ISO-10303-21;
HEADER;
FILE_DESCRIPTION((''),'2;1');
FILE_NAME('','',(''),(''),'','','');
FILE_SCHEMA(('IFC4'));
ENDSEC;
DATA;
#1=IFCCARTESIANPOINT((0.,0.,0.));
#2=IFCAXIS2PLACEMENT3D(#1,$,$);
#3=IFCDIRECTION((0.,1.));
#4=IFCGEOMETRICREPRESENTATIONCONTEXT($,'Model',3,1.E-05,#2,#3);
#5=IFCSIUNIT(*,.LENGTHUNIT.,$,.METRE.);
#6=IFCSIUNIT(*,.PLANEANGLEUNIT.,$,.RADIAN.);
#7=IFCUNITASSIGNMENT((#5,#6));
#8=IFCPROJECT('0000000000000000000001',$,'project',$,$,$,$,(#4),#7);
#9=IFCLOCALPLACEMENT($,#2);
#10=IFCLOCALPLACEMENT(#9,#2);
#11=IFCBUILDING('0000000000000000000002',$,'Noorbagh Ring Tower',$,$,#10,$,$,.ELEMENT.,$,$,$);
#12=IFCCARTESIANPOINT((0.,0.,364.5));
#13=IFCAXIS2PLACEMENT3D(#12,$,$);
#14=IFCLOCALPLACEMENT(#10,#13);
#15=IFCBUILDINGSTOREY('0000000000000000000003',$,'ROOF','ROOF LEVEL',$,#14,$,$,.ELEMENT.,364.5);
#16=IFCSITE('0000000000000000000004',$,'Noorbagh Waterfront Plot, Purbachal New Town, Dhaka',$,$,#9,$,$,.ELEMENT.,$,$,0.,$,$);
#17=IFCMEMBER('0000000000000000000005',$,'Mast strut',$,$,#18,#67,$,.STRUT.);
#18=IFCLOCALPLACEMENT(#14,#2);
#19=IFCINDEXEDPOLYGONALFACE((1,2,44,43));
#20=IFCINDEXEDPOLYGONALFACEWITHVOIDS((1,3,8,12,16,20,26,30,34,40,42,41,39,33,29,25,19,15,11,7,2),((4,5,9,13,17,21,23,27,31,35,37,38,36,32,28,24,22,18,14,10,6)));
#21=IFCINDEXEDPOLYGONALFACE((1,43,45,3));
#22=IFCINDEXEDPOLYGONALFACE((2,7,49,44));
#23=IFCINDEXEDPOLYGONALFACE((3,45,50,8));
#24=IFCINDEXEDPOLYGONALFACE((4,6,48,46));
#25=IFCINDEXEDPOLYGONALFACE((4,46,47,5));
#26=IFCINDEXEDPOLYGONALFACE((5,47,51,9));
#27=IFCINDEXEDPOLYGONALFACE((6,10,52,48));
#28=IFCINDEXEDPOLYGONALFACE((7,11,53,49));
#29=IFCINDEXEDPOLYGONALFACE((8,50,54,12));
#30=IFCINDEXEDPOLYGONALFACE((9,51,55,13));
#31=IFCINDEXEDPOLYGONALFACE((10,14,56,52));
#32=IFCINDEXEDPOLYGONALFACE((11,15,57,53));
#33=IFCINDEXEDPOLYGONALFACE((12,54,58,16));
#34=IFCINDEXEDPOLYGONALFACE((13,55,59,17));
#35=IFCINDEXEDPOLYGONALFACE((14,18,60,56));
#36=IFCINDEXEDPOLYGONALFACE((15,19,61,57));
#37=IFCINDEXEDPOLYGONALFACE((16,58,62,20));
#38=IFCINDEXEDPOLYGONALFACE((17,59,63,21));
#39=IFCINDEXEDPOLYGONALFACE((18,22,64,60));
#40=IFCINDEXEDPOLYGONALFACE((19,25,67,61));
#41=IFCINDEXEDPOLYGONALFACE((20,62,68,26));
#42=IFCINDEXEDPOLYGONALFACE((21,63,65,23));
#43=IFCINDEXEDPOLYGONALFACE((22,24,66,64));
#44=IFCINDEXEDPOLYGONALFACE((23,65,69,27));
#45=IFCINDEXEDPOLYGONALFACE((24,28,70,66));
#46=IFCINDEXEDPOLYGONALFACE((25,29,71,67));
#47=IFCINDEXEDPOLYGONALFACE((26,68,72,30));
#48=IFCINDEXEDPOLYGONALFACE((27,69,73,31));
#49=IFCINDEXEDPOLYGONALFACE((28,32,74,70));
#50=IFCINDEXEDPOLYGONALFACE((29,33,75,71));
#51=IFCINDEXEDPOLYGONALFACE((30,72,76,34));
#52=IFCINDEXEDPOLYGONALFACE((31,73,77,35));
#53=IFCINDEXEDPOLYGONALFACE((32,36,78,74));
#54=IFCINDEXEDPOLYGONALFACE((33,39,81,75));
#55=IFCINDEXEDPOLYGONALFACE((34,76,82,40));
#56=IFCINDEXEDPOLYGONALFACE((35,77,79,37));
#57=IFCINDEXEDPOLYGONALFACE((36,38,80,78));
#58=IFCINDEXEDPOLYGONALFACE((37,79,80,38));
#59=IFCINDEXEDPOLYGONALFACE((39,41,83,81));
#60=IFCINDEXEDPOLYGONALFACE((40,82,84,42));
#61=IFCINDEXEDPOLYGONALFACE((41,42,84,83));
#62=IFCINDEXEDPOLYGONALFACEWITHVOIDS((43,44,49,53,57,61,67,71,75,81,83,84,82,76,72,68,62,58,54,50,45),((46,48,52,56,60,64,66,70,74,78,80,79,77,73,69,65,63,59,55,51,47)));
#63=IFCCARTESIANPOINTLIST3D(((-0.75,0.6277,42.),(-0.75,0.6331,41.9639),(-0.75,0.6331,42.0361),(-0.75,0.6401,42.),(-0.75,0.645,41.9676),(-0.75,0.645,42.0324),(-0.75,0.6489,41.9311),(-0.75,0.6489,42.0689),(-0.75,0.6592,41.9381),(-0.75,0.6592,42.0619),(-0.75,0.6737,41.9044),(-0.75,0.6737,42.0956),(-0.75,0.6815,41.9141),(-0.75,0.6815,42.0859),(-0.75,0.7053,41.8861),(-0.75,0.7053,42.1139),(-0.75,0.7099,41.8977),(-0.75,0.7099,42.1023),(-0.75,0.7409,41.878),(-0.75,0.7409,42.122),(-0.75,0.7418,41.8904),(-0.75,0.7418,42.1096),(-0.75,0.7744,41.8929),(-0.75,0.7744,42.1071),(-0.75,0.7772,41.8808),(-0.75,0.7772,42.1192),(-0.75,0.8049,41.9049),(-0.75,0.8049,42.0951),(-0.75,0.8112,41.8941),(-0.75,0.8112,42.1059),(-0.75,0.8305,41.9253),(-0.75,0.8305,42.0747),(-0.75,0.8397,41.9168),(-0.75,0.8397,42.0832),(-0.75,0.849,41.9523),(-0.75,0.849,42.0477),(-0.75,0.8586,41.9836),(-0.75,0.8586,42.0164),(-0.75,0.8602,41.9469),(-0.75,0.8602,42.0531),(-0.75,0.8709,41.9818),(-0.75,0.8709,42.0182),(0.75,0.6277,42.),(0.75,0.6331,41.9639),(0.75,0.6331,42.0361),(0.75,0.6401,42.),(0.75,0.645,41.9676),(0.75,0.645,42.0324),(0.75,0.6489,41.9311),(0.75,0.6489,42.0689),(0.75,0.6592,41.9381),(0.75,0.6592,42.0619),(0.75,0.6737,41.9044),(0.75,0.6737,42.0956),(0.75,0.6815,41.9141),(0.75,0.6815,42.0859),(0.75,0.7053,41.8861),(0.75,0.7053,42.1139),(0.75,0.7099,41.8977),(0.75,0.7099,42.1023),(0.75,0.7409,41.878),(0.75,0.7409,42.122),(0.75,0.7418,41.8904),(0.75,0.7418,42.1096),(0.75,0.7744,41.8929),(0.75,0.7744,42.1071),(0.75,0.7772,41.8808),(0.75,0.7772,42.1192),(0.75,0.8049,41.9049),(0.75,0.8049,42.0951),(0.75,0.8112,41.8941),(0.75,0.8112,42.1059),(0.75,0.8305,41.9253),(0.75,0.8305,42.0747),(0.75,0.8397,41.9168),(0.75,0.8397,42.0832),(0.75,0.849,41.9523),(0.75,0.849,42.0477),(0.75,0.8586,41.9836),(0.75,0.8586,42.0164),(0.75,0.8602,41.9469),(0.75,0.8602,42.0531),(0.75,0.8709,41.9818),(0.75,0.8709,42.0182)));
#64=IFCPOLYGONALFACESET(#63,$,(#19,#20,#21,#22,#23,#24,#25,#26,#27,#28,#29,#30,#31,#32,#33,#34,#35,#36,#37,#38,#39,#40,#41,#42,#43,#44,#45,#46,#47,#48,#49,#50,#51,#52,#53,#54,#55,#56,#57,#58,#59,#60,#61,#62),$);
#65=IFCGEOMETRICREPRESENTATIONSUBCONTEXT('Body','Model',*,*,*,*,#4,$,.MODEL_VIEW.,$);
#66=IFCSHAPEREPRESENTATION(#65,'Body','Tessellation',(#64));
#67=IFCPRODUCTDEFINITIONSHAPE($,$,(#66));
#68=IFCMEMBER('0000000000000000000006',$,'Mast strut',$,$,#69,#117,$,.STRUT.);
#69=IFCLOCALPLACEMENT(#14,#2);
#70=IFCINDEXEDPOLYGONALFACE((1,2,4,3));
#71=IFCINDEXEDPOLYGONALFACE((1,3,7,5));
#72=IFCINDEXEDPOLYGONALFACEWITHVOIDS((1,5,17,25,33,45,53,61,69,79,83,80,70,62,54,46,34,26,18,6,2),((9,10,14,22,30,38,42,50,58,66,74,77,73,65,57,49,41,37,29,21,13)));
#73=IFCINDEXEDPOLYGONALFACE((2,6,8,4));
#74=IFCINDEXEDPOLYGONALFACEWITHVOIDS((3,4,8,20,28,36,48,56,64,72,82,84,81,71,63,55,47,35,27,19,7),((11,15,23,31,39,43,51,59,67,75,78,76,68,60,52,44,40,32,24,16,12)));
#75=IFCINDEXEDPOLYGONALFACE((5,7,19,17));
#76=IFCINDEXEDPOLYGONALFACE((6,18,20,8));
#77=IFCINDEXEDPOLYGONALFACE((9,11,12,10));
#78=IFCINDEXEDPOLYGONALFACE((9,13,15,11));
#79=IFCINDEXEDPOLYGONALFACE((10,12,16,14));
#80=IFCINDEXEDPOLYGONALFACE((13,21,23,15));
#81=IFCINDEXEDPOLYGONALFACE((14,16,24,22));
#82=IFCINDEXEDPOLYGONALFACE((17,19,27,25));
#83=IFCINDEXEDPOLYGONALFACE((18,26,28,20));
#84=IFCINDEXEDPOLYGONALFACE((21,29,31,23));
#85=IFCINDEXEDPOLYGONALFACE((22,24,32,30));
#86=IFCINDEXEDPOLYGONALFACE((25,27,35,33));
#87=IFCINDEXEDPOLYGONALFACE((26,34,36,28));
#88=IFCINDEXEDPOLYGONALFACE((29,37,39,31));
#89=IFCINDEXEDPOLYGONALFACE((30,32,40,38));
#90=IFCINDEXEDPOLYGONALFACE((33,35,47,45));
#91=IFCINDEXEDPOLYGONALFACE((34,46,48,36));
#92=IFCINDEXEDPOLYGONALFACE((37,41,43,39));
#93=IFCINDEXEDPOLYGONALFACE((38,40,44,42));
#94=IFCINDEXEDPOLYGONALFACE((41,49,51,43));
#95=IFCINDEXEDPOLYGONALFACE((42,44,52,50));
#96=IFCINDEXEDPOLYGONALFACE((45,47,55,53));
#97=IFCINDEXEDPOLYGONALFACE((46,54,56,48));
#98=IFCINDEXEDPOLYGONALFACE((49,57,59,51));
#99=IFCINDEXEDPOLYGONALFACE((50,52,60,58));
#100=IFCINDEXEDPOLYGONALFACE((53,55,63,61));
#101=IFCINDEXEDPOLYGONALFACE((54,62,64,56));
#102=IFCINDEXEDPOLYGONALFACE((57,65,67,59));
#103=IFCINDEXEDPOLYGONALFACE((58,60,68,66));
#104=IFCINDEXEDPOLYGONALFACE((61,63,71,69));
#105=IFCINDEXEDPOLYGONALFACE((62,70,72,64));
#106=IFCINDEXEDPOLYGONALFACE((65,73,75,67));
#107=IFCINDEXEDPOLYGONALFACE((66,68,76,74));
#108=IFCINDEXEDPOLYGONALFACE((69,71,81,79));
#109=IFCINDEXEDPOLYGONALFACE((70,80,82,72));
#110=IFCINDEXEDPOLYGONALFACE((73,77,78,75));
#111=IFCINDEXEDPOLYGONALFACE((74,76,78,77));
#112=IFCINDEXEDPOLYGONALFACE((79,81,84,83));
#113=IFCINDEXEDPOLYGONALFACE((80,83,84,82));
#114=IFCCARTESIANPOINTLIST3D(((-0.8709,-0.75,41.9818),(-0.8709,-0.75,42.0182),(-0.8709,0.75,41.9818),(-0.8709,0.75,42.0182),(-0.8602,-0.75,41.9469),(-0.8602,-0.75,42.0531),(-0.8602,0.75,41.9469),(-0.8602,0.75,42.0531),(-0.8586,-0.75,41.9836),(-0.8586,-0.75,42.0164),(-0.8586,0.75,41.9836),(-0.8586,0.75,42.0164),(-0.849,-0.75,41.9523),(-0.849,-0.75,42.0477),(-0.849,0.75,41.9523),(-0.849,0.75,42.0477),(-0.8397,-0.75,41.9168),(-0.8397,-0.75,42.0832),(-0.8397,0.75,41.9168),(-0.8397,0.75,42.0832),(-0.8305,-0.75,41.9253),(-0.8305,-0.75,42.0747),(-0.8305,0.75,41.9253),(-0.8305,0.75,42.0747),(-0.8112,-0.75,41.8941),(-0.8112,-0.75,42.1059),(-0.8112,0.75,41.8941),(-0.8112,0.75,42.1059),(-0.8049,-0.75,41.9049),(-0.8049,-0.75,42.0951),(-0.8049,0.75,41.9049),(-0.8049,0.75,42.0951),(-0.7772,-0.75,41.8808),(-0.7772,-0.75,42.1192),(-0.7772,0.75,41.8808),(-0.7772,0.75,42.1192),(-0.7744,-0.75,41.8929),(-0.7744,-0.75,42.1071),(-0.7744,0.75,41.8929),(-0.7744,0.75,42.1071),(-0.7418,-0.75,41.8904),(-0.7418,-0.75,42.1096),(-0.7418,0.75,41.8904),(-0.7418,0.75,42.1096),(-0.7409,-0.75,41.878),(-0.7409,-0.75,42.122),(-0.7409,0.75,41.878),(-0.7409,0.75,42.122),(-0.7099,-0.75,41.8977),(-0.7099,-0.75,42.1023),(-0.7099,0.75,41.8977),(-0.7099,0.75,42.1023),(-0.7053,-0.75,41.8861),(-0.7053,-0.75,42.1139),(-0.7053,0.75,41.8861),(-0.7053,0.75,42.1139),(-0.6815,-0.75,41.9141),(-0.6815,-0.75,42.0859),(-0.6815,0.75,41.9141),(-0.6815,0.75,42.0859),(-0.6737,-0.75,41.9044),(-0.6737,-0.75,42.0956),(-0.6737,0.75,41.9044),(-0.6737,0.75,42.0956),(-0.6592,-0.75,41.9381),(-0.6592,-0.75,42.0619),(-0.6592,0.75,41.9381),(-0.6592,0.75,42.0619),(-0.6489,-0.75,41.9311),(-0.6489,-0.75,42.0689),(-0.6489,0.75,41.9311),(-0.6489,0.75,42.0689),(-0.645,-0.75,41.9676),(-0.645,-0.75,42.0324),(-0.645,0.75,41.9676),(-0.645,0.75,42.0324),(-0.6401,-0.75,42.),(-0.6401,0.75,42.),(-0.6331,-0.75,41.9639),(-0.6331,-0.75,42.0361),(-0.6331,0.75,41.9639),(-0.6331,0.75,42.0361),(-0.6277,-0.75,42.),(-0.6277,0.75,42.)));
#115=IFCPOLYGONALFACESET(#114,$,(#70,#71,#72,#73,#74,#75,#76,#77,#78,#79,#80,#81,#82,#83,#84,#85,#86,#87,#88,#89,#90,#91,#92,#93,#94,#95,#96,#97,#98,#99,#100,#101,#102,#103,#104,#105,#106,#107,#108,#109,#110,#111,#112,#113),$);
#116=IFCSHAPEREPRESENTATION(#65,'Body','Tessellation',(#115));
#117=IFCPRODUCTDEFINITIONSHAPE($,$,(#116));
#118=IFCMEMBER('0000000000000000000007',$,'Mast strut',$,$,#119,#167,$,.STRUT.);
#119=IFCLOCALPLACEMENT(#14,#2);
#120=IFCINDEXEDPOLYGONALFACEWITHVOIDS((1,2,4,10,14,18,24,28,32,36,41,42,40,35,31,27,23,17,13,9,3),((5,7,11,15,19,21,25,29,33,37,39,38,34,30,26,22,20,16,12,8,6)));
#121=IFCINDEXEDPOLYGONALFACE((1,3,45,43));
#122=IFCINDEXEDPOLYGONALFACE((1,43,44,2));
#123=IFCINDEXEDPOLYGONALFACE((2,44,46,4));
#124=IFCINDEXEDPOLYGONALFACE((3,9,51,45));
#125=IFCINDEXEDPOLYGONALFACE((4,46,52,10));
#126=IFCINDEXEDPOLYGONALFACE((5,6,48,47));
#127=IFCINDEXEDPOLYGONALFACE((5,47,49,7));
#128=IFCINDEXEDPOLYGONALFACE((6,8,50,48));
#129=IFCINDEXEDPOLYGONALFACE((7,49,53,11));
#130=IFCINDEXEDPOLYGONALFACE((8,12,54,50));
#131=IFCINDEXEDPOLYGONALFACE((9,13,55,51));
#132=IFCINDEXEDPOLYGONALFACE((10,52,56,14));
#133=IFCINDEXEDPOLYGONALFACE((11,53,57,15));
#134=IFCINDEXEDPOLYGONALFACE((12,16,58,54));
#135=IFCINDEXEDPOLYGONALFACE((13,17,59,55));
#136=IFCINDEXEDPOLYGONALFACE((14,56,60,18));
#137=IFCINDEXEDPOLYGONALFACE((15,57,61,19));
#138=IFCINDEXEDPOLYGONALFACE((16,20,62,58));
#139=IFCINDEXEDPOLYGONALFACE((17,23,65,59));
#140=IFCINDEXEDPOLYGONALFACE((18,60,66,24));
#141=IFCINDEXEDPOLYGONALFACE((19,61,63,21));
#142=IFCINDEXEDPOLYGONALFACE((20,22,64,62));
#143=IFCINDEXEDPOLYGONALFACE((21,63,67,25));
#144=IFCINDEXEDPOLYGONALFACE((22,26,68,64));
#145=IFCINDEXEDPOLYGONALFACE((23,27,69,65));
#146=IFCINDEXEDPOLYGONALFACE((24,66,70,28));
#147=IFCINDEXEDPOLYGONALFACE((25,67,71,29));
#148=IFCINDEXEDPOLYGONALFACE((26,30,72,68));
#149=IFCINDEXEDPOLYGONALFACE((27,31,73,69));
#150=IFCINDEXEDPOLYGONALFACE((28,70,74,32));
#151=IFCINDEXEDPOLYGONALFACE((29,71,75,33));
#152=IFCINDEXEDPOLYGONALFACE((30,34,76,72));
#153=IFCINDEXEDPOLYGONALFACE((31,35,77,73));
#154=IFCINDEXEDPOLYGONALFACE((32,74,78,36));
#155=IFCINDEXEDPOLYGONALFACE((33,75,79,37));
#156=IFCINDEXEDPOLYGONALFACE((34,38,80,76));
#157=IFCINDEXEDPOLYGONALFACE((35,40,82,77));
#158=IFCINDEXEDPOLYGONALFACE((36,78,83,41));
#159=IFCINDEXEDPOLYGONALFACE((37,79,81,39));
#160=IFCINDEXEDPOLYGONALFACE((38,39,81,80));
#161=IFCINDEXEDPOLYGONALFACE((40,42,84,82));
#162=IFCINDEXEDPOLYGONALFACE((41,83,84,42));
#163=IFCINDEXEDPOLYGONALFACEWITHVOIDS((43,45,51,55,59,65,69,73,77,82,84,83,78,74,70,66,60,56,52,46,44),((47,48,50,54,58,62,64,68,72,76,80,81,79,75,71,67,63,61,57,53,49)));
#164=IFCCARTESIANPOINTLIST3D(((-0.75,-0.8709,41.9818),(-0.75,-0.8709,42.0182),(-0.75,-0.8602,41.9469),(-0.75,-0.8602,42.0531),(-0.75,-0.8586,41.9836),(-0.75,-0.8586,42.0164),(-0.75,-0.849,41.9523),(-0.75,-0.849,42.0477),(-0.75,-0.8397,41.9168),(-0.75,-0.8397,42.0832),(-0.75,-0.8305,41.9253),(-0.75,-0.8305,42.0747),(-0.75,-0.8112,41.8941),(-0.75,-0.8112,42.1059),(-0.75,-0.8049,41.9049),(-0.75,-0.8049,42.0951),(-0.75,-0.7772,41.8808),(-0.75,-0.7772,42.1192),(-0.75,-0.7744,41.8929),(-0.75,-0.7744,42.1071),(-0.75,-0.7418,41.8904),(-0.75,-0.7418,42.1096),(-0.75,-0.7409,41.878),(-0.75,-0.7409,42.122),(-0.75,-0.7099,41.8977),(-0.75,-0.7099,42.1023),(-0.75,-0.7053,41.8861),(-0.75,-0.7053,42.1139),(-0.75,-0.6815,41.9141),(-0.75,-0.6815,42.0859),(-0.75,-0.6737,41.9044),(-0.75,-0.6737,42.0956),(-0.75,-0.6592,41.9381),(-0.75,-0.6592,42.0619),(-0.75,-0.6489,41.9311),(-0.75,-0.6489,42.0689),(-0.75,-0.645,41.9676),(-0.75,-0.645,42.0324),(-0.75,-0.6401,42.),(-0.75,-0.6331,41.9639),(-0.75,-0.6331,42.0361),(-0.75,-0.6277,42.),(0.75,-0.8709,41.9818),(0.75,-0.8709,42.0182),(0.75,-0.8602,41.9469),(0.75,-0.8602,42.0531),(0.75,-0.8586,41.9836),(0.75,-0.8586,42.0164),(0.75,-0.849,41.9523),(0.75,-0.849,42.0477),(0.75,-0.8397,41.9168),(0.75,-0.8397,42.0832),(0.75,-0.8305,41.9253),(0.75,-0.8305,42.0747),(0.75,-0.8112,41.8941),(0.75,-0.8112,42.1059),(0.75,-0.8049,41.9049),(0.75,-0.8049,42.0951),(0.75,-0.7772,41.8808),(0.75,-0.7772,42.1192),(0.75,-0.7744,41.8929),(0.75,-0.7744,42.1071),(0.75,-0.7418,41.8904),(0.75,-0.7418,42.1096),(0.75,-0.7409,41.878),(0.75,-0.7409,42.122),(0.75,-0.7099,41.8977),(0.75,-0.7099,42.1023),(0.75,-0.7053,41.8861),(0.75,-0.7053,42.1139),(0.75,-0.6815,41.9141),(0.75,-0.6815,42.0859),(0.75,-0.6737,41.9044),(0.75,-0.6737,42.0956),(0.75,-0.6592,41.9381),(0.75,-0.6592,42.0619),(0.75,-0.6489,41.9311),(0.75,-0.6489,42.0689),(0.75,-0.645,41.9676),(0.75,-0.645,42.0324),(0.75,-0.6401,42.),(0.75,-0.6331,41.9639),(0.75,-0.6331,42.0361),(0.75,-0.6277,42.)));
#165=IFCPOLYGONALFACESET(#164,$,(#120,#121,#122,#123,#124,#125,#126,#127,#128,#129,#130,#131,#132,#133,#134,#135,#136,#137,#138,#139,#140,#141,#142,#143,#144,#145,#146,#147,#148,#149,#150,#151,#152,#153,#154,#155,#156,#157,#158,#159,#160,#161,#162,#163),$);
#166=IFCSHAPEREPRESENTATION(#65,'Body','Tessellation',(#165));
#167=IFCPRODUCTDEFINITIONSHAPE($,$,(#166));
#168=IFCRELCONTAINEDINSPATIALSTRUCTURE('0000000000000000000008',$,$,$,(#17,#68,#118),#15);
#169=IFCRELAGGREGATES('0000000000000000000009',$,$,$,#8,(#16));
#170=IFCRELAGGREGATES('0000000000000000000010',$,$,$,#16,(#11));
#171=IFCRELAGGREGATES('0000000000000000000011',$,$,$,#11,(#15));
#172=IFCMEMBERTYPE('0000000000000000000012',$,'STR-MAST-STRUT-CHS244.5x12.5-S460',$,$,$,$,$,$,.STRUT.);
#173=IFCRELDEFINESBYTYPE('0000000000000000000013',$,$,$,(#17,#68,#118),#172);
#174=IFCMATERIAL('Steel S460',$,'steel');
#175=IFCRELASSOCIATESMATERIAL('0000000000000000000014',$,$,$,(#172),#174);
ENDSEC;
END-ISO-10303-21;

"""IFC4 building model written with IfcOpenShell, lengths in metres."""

from ifc_helpers import new_model, si_unit, direction, frame, origin, origin_2d, place, context, subcontext, project, spatial, hollow_circle, extrude, material, material_profile, profile_set, type_object, element, save


model = new_model("IFC4")

# Units and contexts
model_context = context("Model", 3, precision=1e-05, world=origin(), true_north=direction((0.0, 1.0)))
body_context = subcontext(model_context, "Body", "Model", "MODEL_VIEW")
ifc_project = project(units=[si_unit("LENGTHUNIT", "METRE"), si_unit("PLANEANGLEUNIT", "RADIAN")], contexts=[model_context])

# Site, building, storey
site_placement = place(None, origin())
site = spatial("IfcSite", under=ifc_project, at=site_placement, Name="Noorbagh Waterfront Plot, Purbachal New Town, Dhaka", CompositionType="ELEMENT", RefElevation=0.0)
building_placement = place(site_placement, origin())
building = spatial("IfcBuilding", under=site, at=building_placement, Name="Noorbagh Ring Tower", CompositionType="ELEMENT")
storey_placement = place(building_placement, frame((0.0, 0.0, 364.5)))
storey = spatial("IfcBuildingStorey", under=building, at=storey_placement, Name="ROOF", Description="ROOF LEVEL", CompositionType="ELEMENT", Elevation=364.5)

# Members
ifc_material_1 = material(Name="Steel S460", Category="steel")
ifc_material_profile_1 = material_profile(ifc_material_1, hollow_circle(Radius=0.1223, WallThickness=0.0125, at=origin_2d()), Name="CHS244.5x12.5")
ifc_profile_set_1 = profile_set([ifc_material_profile_1], Name="Steel S460")
member_type_1 = type_object("IfcMemberType", Name="STR-MAST-STRUT-CHS244.5x12.5-S460", PredefinedType="STRUT", material=ifc_profile_set_1)
for number, where, z_axis, x_axis, name in (
    (1, (0.75, 0.75, 42.0), (-1.0, 0.0, 0.0), (0.0, -1.0, 0.0), "Mast strut"),
    (2, (-0.75, 0.75, 42.0), (0.0, -1.0, 0.0), (1.0, 0.0, 0.0), "Mast strut"),
    (3, (-0.75, -0.75, 42.0), (1.0, 0.0, 0.0), (0.0, 1.0, 0.0), "Mast strut"),
):
    element("IfcMember", number, at=place(storey_placement, frame(where, z_axis=z_axis, x_axis=x_axis)), inside=storey, type_object=member_type_1, Name=name, PredefinedType="STRUT", context=body_context, shape_type="SweptSolid", body=[
        extrude(hollow_circle(Radius=0.1223, WallThickness=0.0125, at=origin_2d()), origin(), (0.0, 0.0, 1.0), 1.5),
    ])

save(model, "model.ifc")
